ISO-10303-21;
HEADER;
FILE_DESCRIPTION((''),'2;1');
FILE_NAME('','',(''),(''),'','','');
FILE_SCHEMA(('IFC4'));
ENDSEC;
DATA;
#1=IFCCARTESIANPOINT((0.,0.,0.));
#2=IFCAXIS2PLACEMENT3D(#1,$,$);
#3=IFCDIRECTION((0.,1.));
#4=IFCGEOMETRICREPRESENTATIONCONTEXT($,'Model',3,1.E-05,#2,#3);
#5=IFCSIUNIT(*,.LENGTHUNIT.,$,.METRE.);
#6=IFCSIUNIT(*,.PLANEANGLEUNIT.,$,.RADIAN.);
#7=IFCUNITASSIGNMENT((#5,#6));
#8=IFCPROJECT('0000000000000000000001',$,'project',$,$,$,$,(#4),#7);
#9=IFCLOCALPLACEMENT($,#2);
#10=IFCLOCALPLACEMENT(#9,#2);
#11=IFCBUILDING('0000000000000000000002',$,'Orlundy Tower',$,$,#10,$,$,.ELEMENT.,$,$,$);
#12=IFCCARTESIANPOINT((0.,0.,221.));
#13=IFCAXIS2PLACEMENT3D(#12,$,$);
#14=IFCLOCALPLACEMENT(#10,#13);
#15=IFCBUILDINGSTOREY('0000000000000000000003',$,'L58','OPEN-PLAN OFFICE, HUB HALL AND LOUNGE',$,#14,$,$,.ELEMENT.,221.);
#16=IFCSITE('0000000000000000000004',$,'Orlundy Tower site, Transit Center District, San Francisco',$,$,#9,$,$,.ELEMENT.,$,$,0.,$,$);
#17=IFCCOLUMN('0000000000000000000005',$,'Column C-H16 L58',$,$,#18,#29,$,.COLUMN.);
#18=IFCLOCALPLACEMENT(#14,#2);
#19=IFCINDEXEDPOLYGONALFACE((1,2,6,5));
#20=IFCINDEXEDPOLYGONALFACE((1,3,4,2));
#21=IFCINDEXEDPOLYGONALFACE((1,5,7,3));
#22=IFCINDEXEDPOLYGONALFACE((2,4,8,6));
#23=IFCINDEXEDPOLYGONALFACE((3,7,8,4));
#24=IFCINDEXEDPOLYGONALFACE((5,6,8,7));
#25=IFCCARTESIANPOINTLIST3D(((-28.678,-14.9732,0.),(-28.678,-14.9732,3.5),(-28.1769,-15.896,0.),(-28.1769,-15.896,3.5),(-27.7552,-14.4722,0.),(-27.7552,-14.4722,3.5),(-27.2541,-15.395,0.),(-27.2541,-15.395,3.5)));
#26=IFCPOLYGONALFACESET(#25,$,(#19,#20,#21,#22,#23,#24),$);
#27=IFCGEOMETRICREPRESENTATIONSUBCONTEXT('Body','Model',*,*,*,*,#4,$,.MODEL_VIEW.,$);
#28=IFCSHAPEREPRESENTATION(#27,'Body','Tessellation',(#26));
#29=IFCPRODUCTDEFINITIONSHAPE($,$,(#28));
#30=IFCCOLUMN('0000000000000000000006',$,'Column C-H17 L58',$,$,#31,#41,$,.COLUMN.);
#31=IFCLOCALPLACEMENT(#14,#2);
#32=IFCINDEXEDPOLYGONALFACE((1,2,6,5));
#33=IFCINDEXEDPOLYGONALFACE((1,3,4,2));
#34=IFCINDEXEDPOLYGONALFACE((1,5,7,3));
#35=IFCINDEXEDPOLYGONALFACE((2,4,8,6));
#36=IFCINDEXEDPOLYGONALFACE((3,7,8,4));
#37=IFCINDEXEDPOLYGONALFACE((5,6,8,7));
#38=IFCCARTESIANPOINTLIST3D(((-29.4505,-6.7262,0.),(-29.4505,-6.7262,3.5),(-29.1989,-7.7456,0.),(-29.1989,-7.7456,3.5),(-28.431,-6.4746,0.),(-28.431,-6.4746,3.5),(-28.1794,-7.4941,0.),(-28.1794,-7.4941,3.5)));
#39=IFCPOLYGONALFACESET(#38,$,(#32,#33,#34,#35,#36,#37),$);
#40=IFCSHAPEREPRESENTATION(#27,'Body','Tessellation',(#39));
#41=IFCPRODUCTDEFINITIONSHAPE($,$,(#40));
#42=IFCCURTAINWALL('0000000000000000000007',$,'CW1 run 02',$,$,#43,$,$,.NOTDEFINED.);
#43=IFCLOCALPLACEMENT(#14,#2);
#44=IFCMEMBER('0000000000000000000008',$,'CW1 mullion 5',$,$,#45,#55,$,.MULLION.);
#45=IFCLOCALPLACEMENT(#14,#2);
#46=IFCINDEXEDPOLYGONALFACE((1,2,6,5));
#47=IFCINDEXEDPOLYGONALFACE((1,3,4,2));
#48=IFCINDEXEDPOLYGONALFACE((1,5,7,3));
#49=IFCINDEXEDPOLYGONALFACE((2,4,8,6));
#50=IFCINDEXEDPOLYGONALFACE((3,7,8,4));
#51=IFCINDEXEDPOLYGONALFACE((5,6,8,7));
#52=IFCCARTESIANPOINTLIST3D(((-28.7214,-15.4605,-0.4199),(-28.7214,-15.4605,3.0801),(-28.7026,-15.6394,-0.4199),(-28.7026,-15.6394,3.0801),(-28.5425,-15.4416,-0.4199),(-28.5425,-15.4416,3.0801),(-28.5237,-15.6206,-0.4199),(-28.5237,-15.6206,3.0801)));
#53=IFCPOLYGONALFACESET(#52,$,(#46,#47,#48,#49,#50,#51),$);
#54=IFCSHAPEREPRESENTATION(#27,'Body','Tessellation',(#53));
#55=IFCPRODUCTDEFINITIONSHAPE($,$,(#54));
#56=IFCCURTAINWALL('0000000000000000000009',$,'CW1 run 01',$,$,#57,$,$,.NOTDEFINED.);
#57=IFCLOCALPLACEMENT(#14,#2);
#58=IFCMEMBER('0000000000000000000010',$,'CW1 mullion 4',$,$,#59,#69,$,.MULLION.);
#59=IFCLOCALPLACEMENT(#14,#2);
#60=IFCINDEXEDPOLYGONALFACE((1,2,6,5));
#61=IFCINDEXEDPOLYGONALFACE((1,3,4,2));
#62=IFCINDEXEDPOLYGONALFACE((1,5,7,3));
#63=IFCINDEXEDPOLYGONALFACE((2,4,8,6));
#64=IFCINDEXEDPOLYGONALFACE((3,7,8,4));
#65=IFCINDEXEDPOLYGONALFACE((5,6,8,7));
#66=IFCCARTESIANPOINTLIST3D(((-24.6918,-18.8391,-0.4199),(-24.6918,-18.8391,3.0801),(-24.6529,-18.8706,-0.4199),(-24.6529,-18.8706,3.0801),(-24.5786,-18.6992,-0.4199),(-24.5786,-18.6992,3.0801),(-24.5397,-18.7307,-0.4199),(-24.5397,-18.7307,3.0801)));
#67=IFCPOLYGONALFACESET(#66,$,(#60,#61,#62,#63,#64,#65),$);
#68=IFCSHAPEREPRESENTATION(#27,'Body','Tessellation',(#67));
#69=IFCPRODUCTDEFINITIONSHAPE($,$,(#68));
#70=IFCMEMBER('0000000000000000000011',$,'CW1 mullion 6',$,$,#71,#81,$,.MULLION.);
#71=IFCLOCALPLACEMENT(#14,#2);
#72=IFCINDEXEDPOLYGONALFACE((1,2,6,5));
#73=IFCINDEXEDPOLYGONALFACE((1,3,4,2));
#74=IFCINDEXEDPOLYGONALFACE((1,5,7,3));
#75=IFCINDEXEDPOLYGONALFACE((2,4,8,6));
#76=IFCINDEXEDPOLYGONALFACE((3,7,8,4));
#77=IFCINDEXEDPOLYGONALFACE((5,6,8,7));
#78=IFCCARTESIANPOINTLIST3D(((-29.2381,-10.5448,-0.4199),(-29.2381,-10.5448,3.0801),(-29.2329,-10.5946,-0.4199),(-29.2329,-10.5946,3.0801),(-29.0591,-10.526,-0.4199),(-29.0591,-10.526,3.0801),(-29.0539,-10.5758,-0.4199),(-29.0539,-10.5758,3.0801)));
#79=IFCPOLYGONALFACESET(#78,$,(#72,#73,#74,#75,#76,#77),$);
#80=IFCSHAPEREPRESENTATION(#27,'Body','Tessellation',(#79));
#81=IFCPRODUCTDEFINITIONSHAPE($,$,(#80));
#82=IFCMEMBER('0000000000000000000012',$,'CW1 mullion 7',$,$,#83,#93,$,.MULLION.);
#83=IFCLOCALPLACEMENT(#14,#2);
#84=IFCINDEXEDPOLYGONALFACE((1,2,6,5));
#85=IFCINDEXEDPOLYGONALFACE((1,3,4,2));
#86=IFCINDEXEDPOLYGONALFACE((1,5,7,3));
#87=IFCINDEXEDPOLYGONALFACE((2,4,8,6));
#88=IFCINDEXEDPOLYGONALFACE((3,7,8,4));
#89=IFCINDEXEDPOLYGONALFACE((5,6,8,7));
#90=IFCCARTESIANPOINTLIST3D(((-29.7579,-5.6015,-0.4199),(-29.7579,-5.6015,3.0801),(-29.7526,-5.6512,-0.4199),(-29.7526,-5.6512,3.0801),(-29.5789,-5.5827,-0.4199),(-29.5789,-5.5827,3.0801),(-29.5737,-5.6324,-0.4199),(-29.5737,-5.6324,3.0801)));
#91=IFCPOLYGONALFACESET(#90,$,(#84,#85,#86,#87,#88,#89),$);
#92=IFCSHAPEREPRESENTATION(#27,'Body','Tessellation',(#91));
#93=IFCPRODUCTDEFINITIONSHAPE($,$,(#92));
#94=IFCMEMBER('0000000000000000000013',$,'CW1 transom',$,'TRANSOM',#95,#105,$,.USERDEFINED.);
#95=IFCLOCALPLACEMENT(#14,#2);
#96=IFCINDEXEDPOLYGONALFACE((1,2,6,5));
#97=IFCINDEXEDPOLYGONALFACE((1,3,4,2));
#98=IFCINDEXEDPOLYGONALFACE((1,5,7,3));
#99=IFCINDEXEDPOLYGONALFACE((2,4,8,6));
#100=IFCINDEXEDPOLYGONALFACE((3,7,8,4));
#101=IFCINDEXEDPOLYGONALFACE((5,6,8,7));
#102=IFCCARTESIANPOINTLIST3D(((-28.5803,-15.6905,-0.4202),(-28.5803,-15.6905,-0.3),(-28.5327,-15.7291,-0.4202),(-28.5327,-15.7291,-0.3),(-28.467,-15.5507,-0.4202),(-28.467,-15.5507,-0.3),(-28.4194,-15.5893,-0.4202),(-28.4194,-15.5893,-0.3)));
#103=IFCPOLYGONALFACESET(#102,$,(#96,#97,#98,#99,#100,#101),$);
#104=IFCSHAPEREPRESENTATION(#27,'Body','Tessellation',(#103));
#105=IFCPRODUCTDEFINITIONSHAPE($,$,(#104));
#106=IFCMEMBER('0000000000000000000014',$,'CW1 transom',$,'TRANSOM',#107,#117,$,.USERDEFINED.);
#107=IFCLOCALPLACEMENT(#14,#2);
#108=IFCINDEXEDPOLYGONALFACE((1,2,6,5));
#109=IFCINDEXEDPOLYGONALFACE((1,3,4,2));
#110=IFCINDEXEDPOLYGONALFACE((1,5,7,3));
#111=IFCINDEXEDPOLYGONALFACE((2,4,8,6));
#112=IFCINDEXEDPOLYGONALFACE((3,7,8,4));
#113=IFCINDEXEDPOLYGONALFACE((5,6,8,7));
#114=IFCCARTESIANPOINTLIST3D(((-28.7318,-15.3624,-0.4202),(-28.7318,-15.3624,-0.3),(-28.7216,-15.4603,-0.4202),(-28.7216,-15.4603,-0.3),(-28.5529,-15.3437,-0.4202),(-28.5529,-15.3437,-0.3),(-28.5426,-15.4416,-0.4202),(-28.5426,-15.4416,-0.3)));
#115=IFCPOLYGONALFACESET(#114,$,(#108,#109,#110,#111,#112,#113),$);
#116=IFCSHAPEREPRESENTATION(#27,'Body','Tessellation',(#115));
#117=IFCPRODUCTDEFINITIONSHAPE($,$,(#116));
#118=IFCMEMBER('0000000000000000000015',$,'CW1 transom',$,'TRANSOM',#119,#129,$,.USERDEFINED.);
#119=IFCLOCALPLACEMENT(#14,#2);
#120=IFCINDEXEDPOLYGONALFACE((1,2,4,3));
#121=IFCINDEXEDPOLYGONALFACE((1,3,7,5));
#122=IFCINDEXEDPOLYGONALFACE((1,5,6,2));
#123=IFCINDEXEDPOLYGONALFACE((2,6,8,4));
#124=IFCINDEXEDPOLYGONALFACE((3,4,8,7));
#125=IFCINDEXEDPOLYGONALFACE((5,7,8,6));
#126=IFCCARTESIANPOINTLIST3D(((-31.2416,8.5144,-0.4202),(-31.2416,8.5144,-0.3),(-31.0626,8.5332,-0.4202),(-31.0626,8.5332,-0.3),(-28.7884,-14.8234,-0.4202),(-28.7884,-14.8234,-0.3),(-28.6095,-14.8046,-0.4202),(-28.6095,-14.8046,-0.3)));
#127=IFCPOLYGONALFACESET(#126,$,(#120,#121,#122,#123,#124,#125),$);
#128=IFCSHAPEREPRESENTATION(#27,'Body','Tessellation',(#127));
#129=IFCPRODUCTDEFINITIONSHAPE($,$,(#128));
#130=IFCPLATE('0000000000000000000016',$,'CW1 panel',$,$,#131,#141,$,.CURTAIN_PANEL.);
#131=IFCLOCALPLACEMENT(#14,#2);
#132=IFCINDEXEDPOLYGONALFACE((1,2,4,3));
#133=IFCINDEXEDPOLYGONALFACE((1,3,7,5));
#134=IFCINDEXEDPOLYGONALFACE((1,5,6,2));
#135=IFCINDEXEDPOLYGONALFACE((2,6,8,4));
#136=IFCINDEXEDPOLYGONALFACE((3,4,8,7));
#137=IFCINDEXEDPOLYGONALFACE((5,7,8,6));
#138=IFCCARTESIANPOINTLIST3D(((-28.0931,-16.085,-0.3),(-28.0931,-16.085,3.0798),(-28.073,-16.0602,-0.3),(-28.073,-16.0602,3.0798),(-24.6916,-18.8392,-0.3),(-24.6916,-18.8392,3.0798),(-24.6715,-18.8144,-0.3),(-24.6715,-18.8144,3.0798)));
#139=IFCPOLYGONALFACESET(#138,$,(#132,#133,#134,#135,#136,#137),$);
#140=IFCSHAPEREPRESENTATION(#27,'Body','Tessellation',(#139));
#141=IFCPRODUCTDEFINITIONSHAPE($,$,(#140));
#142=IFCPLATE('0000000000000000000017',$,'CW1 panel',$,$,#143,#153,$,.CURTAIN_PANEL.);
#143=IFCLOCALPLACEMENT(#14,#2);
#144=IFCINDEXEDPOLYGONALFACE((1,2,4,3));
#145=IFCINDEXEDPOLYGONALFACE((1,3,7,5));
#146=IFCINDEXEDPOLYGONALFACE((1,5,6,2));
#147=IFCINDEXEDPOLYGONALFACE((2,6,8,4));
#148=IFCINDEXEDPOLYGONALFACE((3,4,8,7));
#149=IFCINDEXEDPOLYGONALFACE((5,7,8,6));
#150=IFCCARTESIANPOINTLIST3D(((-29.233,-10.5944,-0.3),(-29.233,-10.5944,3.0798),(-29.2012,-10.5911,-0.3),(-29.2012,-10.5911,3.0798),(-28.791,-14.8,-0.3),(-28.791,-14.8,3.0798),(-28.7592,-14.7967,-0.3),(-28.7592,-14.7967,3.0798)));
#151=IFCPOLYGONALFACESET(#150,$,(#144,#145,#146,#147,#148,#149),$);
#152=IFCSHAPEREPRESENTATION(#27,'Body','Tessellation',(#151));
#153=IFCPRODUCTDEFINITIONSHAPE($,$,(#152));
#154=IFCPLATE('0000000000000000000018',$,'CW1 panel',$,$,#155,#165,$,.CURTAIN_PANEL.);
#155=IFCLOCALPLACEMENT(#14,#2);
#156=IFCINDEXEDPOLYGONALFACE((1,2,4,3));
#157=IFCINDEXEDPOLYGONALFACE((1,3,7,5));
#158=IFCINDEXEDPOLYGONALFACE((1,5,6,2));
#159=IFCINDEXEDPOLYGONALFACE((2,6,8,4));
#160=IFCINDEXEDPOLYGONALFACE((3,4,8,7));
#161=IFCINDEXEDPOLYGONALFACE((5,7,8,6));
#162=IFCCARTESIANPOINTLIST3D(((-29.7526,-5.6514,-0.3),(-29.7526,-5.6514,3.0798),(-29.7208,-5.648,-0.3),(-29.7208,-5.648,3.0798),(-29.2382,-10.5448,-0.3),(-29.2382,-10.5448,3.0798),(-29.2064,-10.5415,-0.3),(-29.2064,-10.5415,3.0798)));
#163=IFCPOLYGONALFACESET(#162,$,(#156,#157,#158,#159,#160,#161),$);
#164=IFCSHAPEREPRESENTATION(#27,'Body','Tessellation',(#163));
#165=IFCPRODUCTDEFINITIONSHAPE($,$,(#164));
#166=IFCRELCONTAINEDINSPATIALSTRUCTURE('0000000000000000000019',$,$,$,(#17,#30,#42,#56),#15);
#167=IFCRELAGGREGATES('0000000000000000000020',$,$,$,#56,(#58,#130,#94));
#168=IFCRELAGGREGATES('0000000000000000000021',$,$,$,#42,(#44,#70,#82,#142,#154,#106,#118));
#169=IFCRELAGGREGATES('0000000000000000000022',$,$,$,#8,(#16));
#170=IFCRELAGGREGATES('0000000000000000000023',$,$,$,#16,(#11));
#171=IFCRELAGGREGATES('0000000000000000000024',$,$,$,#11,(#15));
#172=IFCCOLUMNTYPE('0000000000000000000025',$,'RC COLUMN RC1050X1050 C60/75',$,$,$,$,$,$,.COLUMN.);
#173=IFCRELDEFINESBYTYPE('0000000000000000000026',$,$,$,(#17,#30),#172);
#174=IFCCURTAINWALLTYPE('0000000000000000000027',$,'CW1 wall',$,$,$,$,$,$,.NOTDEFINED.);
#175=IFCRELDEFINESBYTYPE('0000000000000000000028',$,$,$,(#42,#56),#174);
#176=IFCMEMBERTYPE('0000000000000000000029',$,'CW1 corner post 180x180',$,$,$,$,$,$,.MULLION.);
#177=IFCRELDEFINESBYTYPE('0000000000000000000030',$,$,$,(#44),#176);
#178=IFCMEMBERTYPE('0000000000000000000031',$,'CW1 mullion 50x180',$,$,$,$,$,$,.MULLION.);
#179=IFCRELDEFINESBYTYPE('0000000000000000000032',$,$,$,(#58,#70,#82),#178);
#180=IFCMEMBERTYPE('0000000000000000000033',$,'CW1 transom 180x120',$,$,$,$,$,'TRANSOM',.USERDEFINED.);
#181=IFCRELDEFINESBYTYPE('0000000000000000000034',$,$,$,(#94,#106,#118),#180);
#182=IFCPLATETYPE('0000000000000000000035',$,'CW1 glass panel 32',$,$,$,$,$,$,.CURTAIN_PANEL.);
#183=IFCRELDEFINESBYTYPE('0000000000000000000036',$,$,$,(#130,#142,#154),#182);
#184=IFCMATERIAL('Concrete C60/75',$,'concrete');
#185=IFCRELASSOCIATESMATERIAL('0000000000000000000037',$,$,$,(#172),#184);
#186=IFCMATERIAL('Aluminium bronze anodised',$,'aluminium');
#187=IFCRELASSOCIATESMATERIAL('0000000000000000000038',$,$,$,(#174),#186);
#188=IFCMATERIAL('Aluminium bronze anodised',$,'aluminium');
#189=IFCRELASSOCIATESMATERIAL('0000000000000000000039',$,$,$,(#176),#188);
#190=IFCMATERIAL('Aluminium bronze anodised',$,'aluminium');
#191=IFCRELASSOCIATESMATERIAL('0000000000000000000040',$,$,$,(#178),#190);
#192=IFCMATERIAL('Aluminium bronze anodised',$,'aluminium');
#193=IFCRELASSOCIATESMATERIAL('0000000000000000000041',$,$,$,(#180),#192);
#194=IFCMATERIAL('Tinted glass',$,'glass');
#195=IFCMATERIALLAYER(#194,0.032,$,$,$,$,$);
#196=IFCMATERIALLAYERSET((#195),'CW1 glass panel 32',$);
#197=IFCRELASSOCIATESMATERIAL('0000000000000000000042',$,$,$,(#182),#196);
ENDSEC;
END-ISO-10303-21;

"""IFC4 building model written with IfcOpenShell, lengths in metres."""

from ifc_helpers import new_model, si_unit, direction, frame, origin, origin_2d, place, context, subcontext, project, spatial, rectangle, extrude, material, layer, layer_set, material_profile, profile_set, type_object, element, aggregate, save


model = new_model("IFC4")

# Units and contexts
model_context = context("Model", 3, precision=1e-05, world=origin(), true_north=direction((0.0, 1.0)))
body_context = subcontext(model_context, "Body", "Model", "MODEL_VIEW")
ifc_project = project(units=[si_unit("LENGTHUNIT", "METRE"), si_unit("PLANEANGLEUNIT", "RADIAN")], contexts=[model_context])

# Site, building, storey
site_placement = place(None, origin())
site = spatial("IfcSite", under=ifc_project, at=site_placement, Name="Orlundy Tower site, Transit Center District, San Francisco", CompositionType="ELEMENT", RefElevation=0.0)
building_placement = place(site_placement, origin())
building = spatial("IfcBuilding", under=site, at=building_placement, Name="Orlundy Tower", CompositionType="ELEMENT")
storey_placement = place(building_placement, frame((0.0, 0.0, 221.0)))
storey = spatial("IfcBuildingStorey", under=building, at=storey_placement, Name="L58", Description="OPEN-PLAN OFFICE, HUB HALL AND LOUNGE", CompositionType="ELEMENT", Elevation=221.0)

# Columns
ifc_material_1 = material(Name="Concrete C60/75", Category="concrete")
ifc_material_profile_1 = material_profile(ifc_material_1, rectangle(XDim=1.05, YDim=1.05, at=origin_2d()), Name="RC1050X1050")
ifc_profile_set_1 = profile_set([ifc_material_profile_1], Name="Concrete C60/75")
column_type = type_object("IfcColumnType", Name="RC COLUMN RC1050X1050 C60/75", PredefinedType="COLUMN", material=ifc_profile_set_1)
for number, where, z_axis, x_axis, name in (
    (1, (-27.9661, -15.1841, 0.0), (0.0, 0.0, 1.0), (-0.878817, -0.477159, 0.0), "Column C-H16 L58"),
    (2, (-28.8149, -7.1101, 0.0), (0.0, 0.0, 1.0), (-0.97088, -0.239567, 0.0), "Column C-H17 L58"),
):
    element("IfcColumn", number, at=place(storey_placement, frame(where, z_axis=z_axis, x_axis=x_axis)), inside=storey, type_object=column_type, Name=name, PredefinedType="COLUMN", context=body_context, shape_type="SweptSolid", body=[
        extrude(rectangle(XDim=1.05, YDim=1.05, at=origin_2d()), origin(), (0.0, 0.0, 1.0), 3.5),
    ])

# Curtain walls, members
ifc_material_2 = material(Name="Aluminium bronze anodised", Category="aluminium")
curtain_wall_type = type_object("IfcCurtainWallType", Name="CW1 wall", PredefinedType="NOTDEFINED", material=ifc_material_2)
curtain_wall_1_placement = place(storey_placement, origin())
curtain_wall_1 = element("IfcCurtainWall", 3, at=curtain_wall_1_placement, inside=storey, type_object=curtain_wall_type, Name="CW1 run 02", PredefinedType="NOTDEFINED")
ifc_material_3 = material(Name="Aluminium bronze anodised", Category="aluminium")
ifc_material_profile_2 = material_profile(ifc_material_3, rectangle(XDim=0.1799, YDim=0.1799, at=origin_2d()), Name="CW1 corner post 180x180")
ifc_profile_set_2 = profile_set([ifc_material_profile_2], Name="Aluminium bronze anodised")
member_type_1 = type_object("IfcMemberType", Name="CW1 corner post 180x180", PredefinedType="MULLION", material=ifc_profile_set_2)
member_1_placement = place(storey_placement, frame((-28.6226, -15.5405, -0.4199), z_axis=(0.0, 0.0, 1.0), x_axis=(-0.994521, -0.104538, 0.0)))
member_1 = element("IfcMember", 4, at=member_1_placement, type_object=member_type_1, Name="CW1 mullion 5", PredefinedType="MULLION", context=body_context, shape_type="SweptSolid", body=[
    extrude(rectangle(XDim=0.1799, YDim=0.1799, at=origin_2d()), origin(), (0.0, 0.0, 1.0), 3.5),
])
curtain_wall_2_placement = place(storey_placement, origin())
curtain_wall_2 = element("IfcCurtainWall", 5, at=curtain_wall_2_placement, inside=storey, type_object=curtain_wall_type, Name="CW1 run 01", PredefinedType="NOTDEFINED")
ifc_material_4 = material(Name="Aluminium bronze anodised", Category="aluminium")
ifc_material_profile_3 = material_profile(ifc_material_4, rectangle(XDim=0.1799, YDim=0.05, at=origin_2d()), Name="CW1 mullion 50x180")
ifc_profile_set_3 = profile_set([ifc_material_profile_3], Name="Aluminium bronze anodised")
member_type_2 = type_object("IfcMemberType", Name="CW1 mullion 50x180", PredefinedType="MULLION", material=ifc_profile_set_3)
member_2_placement = place(storey_placement, frame((-24.6157, -18.7849, -0.4199), z_axis=(0.0, 0.0, 1.0), x_axis=(-0.629283, -0.777177, 0.0)))
member_2 = element("IfcMember", 6, at=member_2_placement, type_object=member_type_2, Name="CW1 mullion 4", PredefinedType="MULLION", context=body_context, shape_type="SweptSolid", body=[
    extrude(rectangle(XDim=0.1799, YDim=0.05, at=origin_2d()), origin(), (0.0, 0.0, 1.0), 3.5),
])

# Members
member_3_placement = place(storey_placement, frame((-29.146, -10.5603, -0.4199), z_axis=(0.0, 0.0, 1.0), x_axis=(-0.994521, -0.104538, 0.0)))
member_3 = element("IfcMember", 7, at=member_3_placement, type_object=member_type_2, Name="CW1 mullion 6", PredefinedType="MULLION", context=body_context, shape_type="SweptSolid", body=[
    extrude(rectangle(XDim=0.1799, YDim=0.05, at=origin_2d()), origin(), (0.0, 0.0, 1.0), 3.5),
])
member_4_placement = place(storey_placement, frame((-29.6658, -5.6169, -0.4199), z_axis=(0.0, 0.0, 1.0), x_axis=(-0.994521, -0.104538, 0.0)))
member_4 = element("IfcMember", 8, at=member_4_placement, type_object=member_type_2, Name="CW1 mullion 7", PredefinedType="MULLION", context=body_context, shape_type="SweptSolid", body=[
    extrude(rectangle(XDim=0.1799, YDim=0.05, at=origin_2d()), origin(), (0.0, 0.0, 1.0), 3.5),
])
ifc_material_5 = material(Name="Aluminium bronze anodised", Category="aluminium")
ifc_material_profile_4 = material_profile(ifc_material_5, rectangle(XDim=0.1799, YDim=0.1201, at=origin_2d()), Name="CW1 transom 180x120")
ifc_profile_set_4 = profile_set([ifc_material_profile_4], Name="Aluminium bronze anodised")
member_type_3 = type_object("IfcMemberType", Name="CW1 transom 180x120", ElementType="TRANSOM", PredefinedType="USERDEFINED", material=ifc_profile_set_4)
member_5_placement = place(storey_placement, frame((-28.4761, -15.6592, -0.3601), z_axis=(-0.776966, 0.629542, 0.0), x_axis=(-0.629542, -0.776966, 0.0)))
member_5 = element("IfcMember", 9, at=member_5_placement, type_object=member_type_3, Name="CW1 transom", ObjectType="TRANSOM", PredefinedType="USERDEFINED", context=body_context, shape_type="SweptSolid", body=[
    extrude(rectangle(XDim=0.1799, YDim=0.1201, at=origin_2d()), origin(), (0.0, 0.0, 1.0), 0.0613),
])
member_6_placement = place(storey_placement, frame((-28.6321, -15.4509, -0.3601), z_axis=(-0.104168, 0.99456, 0.0), x_axis=(-0.99456, -0.104168, 0.0)))
member_6 = element("IfcMember", 10, at=member_6_placement, type_object=member_type_3, Name="CW1 transom", ObjectType="TRANSOM", PredefinedType="USERDEFINED", context=body_context, shape_type="SweptSolid", body=[
    extrude(rectangle(XDim=0.1799, YDim=0.1201, at=origin_2d()), origin(), (0.0, 0.0, 1.0), 0.0984),
])
member_7_placement = place(storey_placement, frame((-28.699, -14.814, -0.3601), z_axis=(-0.104539, 0.994521, 0.0), x_axis=(-0.994521, -0.104539, 0.0)))
member_7 = element("IfcMember", 11, at=member_7_placement, type_object=member_type_3, Name="CW1 transom", ObjectType="TRANSOM", PredefinedType="USERDEFINED", context=body_context, shape_type="SweptSolid", body=[
    extrude(rectangle(XDim=0.1799, YDim=0.1201, at=origin_2d()), origin(), (0.0, 0.0, 1.0), 23.4663),
])

# Plates
ifc_material_6 = material(Name="Tinted glass", Category="glass")
ifc_layer_1 = layer(ifc_material_6, 0.032)
ifc_layer_set_1 = layer_set([ifc_layer_1], Name="CW1 glass panel 32")
plate_type = type_object("IfcPlateType", Name="CW1 glass panel 32", PredefinedType="CURTAIN_PANEL", material=ifc_layer_set_1)
plate_1_placement = place(storey_placement, frame((-26.3823, -17.4497, -0.3), z_axis=(0.0, 0.0, 1.0), x_axis=(-0.777177, 0.629283, 0.0)))
plate_1 = element("IfcPlate", 12, at=plate_1_placement, type_object=plate_type, Name="CW1 panel", PredefinedType="CURTAIN_PANEL", context=body_context, shape_type="SweptSolid", body=[
    extrude(rectangle(XDim=4.3767, YDim=0.032, at=origin_2d()), origin(), (0.0, 0.0, 1.0), 3.3799),
])
aggregate(curtain_wall_2, [member_2, plate_1, member_5])
plate_2_placement = place(storey_placement, frame((-28.9961, -12.6956, -0.3), z_axis=(0.0, 0.0, 1.0), x_axis=(-0.104538, 0.994521, 0.0)))
plate_2 = element("IfcPlate", 13, at=plate_2_placement, type_object=plate_type, Name="CW1 panel", PredefinedType="CURTAIN_PANEL", context=body_context, shape_type="SweptSolid", body=[
    extrude(rectangle(XDim=4.2288, YDim=0.032, at=origin_2d()), origin(), (0.0, 0.0, 1.0), 3.3799),
])
plate_3_placement = place(storey_placement, frame((-29.4795, -8.0964, -0.3), z_axis=(0.0, 0.0, 1.0), x_axis=(-0.104538, 0.994521, 0.0)))
plate_3 = element("IfcPlate", 14, at=plate_3_placement, type_object=plate_type, Name="CW1 panel", PredefinedType="CURTAIN_PANEL", context=body_context, shape_type="SweptSolid", body=[
    extrude(rectangle(XDim=4.9204, YDim=0.032, at=origin_2d()), origin(), (0.0, 0.0, 1.0), 3.3799),
])
aggregate(curtain_wall_1, [member_1, member_3, member_4, plate_2, plate_3, member_6, member_7])

save(model, "model.ifc")
